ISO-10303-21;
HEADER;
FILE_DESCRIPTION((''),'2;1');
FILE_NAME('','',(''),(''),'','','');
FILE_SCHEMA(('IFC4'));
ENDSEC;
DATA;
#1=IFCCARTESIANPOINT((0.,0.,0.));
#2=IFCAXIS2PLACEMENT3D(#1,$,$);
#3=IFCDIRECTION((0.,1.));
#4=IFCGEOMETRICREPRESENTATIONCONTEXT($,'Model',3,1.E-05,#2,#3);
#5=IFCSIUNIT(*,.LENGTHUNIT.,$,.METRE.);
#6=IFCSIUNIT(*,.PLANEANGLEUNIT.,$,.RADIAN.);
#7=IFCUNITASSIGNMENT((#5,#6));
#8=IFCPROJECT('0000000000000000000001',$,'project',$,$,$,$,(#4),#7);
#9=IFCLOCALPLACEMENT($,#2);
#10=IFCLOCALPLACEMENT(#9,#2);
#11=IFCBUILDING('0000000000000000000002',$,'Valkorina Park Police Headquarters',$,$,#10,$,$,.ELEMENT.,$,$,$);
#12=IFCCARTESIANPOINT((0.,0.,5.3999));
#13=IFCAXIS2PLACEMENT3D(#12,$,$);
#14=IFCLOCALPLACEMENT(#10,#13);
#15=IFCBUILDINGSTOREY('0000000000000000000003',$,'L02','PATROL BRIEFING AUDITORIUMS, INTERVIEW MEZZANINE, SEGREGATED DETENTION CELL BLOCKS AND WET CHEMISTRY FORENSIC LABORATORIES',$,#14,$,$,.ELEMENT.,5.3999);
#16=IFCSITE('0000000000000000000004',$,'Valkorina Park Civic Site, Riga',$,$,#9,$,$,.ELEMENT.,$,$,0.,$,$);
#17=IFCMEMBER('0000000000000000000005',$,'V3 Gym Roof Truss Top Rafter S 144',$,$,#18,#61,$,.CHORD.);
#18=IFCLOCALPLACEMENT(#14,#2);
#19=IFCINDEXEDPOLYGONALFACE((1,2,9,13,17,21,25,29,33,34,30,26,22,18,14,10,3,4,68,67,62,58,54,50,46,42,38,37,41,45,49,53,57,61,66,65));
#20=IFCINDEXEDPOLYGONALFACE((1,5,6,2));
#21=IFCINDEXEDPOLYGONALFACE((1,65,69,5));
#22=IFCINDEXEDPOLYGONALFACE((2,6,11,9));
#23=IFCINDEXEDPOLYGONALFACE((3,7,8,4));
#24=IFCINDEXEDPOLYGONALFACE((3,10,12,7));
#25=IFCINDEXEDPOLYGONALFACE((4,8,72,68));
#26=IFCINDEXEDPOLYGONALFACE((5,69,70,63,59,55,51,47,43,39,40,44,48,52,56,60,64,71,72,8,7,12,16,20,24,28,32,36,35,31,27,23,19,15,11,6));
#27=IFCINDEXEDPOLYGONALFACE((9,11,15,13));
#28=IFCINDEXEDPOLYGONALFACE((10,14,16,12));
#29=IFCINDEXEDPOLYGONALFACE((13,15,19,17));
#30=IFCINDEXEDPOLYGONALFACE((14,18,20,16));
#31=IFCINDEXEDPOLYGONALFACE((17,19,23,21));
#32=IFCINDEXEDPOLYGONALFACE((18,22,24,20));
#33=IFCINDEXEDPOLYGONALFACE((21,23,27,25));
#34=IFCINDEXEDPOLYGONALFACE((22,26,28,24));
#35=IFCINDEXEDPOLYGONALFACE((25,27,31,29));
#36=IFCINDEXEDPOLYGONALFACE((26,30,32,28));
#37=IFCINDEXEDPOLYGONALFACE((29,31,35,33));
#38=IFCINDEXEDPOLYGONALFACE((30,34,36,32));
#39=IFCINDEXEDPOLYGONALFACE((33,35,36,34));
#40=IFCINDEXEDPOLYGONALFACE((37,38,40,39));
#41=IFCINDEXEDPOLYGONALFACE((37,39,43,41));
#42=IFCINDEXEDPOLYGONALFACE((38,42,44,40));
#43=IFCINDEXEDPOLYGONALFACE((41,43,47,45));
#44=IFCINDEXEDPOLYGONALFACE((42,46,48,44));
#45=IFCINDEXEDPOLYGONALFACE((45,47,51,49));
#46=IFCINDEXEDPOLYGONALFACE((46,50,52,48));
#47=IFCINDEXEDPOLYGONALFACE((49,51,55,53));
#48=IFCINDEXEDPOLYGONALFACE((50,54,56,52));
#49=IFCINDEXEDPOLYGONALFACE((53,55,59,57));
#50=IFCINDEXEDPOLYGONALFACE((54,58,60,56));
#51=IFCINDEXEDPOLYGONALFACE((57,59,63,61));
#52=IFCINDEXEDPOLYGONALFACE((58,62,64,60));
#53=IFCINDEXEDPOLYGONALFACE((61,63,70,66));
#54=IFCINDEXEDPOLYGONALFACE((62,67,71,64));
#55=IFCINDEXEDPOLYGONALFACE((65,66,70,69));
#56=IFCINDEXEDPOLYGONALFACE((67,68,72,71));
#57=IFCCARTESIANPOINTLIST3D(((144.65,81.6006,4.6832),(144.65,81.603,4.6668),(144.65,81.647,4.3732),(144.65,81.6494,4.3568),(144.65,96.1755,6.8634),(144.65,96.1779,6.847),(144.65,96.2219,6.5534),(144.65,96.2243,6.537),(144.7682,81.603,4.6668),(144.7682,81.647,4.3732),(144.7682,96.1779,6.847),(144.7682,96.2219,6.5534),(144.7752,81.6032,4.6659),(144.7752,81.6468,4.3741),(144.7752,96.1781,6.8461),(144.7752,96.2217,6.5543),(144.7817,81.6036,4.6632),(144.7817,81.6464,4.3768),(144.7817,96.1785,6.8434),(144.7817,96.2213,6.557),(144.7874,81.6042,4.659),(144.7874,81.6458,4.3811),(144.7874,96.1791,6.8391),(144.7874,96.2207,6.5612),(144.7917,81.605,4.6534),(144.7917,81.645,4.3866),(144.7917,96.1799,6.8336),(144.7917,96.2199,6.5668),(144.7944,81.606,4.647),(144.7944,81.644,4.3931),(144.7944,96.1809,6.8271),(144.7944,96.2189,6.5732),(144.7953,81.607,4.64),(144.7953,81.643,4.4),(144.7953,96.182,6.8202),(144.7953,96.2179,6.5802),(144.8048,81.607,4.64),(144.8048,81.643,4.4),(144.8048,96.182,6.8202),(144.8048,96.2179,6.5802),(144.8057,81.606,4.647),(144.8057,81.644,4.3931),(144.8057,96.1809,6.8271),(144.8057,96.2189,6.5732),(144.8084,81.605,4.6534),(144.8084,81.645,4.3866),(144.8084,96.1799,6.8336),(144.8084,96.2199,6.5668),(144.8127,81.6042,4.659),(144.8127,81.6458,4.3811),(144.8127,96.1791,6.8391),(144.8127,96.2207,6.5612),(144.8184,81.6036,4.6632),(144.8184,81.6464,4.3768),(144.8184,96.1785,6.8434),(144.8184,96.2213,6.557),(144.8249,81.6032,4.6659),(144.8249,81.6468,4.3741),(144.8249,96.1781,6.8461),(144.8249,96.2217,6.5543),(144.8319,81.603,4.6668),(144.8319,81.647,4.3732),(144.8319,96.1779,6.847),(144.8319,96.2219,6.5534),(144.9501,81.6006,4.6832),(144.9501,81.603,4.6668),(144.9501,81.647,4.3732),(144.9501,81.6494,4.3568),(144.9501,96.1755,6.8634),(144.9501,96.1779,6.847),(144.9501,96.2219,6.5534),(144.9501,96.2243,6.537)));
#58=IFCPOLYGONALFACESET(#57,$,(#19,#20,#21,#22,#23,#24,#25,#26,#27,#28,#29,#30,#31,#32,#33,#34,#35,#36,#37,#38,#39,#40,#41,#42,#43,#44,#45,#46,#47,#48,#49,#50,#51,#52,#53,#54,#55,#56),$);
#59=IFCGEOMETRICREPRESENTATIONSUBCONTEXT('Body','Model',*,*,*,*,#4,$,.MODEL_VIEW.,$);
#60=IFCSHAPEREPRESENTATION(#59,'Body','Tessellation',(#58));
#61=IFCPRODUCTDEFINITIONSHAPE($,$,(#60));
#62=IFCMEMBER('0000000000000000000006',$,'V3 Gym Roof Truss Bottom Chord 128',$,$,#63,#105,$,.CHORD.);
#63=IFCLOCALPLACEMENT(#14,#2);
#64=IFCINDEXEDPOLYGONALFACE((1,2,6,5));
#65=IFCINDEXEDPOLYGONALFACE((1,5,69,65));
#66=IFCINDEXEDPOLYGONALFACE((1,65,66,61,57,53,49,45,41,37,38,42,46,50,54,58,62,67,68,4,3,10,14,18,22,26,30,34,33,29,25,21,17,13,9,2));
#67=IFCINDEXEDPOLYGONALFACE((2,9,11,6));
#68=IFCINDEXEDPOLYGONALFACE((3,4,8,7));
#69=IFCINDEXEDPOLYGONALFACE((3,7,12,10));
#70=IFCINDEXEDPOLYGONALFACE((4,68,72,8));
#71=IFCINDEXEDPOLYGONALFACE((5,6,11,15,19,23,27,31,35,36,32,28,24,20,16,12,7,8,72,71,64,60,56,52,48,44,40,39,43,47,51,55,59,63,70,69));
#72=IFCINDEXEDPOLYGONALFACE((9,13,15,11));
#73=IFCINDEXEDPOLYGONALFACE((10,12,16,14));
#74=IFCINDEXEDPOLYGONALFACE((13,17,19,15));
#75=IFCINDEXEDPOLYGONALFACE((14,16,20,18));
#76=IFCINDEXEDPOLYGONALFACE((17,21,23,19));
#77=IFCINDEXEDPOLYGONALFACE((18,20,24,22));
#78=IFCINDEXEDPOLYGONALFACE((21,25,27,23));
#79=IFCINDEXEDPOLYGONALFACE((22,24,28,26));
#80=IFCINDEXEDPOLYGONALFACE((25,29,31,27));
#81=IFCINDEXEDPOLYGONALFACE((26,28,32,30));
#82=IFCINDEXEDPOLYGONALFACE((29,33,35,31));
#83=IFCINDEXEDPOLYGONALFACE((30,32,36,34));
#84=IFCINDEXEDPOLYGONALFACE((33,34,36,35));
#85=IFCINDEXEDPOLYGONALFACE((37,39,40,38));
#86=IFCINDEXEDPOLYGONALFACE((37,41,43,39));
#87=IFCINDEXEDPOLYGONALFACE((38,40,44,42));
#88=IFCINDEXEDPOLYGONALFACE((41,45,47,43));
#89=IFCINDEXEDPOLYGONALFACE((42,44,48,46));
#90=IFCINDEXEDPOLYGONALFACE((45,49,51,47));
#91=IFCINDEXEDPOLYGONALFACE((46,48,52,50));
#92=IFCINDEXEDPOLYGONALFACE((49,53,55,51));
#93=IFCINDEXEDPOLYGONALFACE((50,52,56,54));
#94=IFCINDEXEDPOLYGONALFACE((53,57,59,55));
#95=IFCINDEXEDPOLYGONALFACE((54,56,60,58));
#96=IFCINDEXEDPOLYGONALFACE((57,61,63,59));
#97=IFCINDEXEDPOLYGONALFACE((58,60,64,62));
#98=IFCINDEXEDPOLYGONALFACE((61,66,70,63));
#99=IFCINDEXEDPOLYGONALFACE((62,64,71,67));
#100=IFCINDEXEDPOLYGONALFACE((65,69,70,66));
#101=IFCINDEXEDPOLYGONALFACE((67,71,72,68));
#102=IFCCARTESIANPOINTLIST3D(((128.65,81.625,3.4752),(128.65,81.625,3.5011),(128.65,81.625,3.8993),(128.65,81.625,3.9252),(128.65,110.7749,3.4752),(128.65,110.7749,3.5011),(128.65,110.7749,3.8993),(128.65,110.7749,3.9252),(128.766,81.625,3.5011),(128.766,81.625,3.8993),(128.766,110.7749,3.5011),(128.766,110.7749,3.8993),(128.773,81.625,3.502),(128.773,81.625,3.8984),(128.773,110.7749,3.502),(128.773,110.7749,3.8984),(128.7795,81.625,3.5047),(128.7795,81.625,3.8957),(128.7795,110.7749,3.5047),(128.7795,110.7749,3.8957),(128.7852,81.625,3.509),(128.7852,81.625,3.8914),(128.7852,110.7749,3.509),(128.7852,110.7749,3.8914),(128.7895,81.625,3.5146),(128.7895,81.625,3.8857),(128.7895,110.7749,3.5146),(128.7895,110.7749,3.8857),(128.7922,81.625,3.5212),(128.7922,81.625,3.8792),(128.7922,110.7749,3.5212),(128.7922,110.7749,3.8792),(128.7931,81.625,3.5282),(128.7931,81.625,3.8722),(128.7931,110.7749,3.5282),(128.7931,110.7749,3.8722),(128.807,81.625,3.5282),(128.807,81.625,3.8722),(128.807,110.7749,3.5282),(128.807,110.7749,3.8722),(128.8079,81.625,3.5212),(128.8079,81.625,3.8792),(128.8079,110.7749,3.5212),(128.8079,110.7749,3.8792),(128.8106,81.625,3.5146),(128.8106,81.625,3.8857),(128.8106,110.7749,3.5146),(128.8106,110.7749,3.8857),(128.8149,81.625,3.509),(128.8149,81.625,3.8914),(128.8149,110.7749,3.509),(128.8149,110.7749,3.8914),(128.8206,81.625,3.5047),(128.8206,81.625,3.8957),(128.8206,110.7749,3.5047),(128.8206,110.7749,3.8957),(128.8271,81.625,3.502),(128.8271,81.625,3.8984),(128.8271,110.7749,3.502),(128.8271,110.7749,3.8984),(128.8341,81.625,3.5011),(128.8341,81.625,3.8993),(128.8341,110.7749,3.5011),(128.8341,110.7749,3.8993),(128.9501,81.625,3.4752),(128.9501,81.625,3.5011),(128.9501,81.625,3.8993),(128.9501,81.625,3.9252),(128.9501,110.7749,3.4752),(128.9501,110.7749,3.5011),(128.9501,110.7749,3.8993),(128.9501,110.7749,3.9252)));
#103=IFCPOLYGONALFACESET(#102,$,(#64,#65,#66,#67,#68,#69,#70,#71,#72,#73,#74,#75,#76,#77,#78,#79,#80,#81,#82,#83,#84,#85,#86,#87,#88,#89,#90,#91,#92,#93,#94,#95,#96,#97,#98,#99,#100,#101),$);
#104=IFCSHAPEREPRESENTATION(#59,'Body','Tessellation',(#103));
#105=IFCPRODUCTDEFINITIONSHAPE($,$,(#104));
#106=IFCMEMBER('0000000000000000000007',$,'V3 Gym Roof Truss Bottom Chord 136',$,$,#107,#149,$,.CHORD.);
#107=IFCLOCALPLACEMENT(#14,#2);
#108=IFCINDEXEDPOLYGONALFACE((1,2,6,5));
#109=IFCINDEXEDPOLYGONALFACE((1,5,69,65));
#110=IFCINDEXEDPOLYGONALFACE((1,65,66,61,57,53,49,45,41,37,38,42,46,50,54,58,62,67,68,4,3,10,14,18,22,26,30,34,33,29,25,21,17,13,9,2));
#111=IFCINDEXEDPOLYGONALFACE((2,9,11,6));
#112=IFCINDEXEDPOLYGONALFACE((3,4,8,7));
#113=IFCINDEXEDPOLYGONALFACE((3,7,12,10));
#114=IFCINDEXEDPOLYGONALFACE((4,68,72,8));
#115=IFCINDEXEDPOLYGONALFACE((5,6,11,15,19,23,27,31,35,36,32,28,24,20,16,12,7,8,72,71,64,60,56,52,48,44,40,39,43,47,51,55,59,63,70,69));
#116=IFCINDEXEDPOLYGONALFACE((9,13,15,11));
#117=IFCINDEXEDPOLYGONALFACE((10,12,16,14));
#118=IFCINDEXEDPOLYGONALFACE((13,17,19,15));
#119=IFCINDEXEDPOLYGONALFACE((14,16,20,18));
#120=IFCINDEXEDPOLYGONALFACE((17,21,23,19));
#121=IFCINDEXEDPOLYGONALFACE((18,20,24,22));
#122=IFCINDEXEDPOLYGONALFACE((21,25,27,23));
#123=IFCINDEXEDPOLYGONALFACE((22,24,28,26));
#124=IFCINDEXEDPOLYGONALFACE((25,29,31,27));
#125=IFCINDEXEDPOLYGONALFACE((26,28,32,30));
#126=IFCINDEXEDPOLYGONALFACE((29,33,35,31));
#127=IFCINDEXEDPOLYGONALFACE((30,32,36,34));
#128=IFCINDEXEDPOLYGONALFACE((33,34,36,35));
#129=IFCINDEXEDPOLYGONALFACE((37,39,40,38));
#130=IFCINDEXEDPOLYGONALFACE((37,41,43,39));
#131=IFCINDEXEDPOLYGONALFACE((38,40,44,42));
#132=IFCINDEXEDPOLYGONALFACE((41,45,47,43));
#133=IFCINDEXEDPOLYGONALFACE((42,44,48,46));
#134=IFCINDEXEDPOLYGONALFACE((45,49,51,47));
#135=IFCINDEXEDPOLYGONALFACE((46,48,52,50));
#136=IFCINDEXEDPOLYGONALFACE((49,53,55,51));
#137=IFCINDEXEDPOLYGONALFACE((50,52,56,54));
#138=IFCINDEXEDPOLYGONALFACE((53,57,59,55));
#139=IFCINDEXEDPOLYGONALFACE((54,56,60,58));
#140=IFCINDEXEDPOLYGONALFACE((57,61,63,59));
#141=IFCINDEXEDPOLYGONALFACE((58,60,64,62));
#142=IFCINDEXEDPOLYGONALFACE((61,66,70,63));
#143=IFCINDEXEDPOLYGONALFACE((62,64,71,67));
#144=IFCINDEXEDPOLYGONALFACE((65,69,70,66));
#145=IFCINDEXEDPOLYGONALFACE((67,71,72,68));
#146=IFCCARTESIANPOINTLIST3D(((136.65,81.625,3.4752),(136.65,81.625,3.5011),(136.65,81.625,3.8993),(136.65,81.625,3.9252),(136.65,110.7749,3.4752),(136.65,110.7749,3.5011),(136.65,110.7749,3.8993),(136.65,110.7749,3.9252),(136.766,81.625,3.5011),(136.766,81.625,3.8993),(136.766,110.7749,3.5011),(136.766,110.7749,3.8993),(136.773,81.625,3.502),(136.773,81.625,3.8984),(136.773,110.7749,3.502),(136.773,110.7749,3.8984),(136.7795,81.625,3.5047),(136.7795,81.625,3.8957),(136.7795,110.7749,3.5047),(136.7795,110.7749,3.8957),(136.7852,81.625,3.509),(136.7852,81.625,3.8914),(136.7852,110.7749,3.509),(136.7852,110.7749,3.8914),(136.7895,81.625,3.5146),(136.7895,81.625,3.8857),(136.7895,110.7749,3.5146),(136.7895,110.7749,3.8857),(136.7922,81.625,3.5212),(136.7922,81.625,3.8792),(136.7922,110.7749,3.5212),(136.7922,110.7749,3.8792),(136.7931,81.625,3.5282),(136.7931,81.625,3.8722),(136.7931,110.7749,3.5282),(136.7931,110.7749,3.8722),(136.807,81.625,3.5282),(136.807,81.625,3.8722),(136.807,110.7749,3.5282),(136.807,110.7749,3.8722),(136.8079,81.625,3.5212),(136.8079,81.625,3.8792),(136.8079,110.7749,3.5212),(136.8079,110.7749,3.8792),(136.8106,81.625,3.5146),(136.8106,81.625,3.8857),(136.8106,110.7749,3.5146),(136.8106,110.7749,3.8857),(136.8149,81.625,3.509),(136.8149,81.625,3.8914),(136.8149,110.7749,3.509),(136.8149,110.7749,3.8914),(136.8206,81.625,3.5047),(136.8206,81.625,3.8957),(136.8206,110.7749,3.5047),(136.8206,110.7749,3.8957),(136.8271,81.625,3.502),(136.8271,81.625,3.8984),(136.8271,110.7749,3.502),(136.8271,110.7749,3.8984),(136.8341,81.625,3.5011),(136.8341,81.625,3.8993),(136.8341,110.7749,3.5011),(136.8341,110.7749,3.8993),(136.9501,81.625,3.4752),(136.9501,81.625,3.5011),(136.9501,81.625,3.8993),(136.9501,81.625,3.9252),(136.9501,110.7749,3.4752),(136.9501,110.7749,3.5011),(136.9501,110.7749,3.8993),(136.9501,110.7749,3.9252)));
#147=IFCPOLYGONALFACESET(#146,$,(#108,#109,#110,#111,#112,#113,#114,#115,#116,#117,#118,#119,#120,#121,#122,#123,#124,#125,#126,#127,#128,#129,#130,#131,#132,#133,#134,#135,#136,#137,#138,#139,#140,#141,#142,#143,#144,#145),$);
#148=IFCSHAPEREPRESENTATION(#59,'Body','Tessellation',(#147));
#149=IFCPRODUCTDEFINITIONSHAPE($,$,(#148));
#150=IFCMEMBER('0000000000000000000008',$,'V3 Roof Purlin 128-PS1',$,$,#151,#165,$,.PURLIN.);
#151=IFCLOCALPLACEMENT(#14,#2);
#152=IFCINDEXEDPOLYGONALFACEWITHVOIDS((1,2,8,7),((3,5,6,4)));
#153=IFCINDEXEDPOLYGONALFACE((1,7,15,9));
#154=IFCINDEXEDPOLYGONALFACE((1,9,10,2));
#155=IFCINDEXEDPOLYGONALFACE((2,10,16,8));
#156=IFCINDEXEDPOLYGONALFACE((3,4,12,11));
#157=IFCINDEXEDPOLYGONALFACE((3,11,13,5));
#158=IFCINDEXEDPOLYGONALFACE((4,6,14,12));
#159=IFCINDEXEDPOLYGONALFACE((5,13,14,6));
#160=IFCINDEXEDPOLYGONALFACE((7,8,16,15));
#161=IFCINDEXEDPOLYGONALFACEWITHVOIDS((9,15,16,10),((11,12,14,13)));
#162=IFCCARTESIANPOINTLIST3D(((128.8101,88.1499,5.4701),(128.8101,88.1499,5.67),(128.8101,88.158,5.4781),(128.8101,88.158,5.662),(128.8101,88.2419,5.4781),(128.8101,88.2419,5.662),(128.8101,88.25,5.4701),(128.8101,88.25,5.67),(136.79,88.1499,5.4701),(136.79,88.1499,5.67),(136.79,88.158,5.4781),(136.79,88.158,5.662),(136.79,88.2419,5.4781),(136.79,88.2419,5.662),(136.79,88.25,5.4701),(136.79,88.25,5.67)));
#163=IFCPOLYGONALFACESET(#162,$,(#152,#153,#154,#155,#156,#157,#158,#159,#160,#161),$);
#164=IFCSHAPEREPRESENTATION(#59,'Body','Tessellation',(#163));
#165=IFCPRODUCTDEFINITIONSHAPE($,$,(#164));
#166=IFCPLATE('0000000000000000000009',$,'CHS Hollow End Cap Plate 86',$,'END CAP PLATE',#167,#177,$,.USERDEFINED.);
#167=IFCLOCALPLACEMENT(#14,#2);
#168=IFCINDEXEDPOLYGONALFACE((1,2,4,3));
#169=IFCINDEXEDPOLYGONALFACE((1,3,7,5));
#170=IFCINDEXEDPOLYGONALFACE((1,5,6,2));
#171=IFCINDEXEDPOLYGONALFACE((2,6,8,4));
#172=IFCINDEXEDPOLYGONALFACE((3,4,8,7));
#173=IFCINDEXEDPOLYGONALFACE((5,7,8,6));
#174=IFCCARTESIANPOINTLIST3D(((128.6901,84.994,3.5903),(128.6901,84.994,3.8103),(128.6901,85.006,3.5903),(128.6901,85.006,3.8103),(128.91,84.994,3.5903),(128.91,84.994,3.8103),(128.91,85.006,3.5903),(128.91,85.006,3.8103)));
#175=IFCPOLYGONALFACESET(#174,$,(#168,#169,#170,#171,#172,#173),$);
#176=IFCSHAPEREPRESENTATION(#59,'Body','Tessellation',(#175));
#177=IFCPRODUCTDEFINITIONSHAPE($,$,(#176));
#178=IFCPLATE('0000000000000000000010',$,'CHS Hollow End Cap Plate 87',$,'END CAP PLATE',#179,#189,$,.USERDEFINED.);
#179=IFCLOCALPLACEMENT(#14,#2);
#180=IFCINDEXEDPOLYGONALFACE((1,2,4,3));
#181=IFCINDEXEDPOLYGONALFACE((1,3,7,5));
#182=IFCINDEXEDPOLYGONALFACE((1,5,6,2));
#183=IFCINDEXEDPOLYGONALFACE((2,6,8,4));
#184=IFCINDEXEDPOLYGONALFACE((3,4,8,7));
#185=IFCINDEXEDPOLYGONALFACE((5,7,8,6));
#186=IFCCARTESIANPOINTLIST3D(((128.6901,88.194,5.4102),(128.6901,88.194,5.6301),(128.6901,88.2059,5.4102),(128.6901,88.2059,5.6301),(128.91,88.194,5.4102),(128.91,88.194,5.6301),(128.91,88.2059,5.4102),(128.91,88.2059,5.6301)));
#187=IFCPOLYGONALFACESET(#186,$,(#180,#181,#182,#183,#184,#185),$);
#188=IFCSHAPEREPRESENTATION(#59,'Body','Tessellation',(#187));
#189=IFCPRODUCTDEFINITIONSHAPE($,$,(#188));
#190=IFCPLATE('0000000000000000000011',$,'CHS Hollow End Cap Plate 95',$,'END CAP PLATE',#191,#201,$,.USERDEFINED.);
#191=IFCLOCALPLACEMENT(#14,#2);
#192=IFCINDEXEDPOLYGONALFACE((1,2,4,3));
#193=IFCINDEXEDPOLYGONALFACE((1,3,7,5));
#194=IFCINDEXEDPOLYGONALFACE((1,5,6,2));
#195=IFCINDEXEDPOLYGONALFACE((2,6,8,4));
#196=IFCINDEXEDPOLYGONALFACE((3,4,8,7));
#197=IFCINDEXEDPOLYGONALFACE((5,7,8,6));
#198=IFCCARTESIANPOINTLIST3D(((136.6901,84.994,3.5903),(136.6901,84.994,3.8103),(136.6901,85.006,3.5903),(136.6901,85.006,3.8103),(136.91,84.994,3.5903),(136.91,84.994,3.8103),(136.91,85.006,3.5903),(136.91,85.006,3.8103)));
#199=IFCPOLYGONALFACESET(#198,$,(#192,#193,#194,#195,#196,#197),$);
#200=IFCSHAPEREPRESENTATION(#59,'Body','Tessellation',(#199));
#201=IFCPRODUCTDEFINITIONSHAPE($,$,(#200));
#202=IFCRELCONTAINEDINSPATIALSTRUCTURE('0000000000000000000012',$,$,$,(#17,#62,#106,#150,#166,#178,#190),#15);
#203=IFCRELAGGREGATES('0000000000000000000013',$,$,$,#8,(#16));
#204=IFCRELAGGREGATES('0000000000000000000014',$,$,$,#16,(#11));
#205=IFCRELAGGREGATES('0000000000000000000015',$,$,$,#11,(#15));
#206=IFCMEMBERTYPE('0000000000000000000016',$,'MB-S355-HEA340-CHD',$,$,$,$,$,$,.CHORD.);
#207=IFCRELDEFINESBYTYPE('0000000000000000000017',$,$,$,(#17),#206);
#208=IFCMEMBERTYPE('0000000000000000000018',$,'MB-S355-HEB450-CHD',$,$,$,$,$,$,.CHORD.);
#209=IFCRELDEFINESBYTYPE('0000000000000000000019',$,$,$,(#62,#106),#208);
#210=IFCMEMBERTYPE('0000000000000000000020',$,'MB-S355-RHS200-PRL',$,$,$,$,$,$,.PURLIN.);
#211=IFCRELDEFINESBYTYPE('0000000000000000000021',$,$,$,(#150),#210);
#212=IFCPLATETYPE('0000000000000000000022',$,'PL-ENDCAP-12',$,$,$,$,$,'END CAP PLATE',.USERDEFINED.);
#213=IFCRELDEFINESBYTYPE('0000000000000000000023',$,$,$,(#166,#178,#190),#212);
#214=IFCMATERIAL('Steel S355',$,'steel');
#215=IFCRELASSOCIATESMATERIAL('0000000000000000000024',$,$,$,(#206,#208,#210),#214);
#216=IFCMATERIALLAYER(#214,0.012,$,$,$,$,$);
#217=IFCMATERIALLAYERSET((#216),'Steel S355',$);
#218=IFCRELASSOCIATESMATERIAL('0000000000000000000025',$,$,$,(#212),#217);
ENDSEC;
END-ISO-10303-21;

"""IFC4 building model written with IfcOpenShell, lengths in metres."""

from ifc_helpers import new_model, si_unit, direction, frame, origin, origin_2d, place, context, subcontext, project, spatial, rectangle, hollow_rectangle, i_section, extrude, material, layer, layer_set, material_profile, profile_set, type_object, element, save


model = new_model("IFC4")

# Units and contexts
model_context = context("Model", 3, precision=1e-05, world=origin(), true_north=direction((0.0, 1.0)))
body_context = subcontext(model_context, "Body", "Model", "MODEL_VIEW")
ifc_project = project(units=[si_unit("LENGTHUNIT", "METRE"), si_unit("PLANEANGLEUNIT", "RADIAN")], contexts=[model_context])

# Site, building, storey
site_placement = place(None, origin())
site = spatial("IfcSite", under=ifc_project, at=site_placement, Name="Valkorina Park Civic Site, Riga", CompositionType="ELEMENT", RefElevation=0.0)
building_placement = place(site_placement, origin())
building = spatial("IfcBuilding", under=site, at=building_placement, Name="Valkorina Park Police Headquarters", CompositionType="ELEMENT")
storey_placement = place(building_placement, frame((0.0, 0.0, 5.3999)))
storey = spatial("IfcBuildingStorey", under=building, at=storey_placement, Name="L02", Description="PATROL BRIEFING AUDITORIUMS, INTERVIEW MEZZANINE, SEGREGATED DETENTION CELL BLOCKS AND WET CHEMISTRY FORENSIC LABORATORIES", CompositionType="ELEMENT", Elevation=5.3999)

# Shared definitions
ifc_material = material(Name="Steel S355", Category="steel")

# Members
ifc_material_profile_1 = material_profile(ifc_material, i_section(OverallWidth=0.3, OverallDepth=0.3301, WebThickness=0.0095, FlangeThickness=0.0166, FilletRadius=0.0271, at=origin_2d()), Name="HEA 340")
ifc_profile_set_1 = profile_set([ifc_material_profile_1], Name="Steel S355")
member_type_1 = type_object("IfcMemberType", Name="MB-S355-HEA340-CHD", PredefinedType="CHORD", material=ifc_profile_set_1)
member_1_placement = place(storey_placement, frame((144.8, 81.625, 4.52), z_axis=(0.0, 0.988997, 0.147938), x_axis=(-1.0, 0.0, 0.0)))
element("IfcMember", 1, at=member_1_placement, inside=storey, type_object=member_type_1, Name="V3 Gym Roof Truss Top Rafter S 144", PredefinedType="CHORD", context=body_context, shape_type="SweptSolid", body=[
    extrude(i_section(OverallWidth=0.3, OverallDepth=0.3301, WebThickness=0.0095, FlangeThickness=0.0166, FilletRadius=0.0271, at=origin_2d()), origin(), (0.0, 0.0, 1.0), 14.7371),
])
ifc_material_profile_2 = material_profile(ifc_material, i_section(OverallWidth=0.3, OverallDepth=0.45, WebThickness=0.0139, FlangeThickness=0.0259, FilletRadius=0.0271, at=origin_2d()), Name="HEB 450")
ifc_profile_set_2 = profile_set([ifc_material_profile_2], Name="Steel S355")
member_type_2 = type_object("IfcMemberType", Name="MB-S355-HEB450-CHD", PredefinedType="CHORD", material=ifc_profile_set_2)
for number, where, z_axis, x_axis, name in (
    (2, (128.8, 81.625, 3.7002), (0.0, 1.0, 0.0), (-1.0, 0.0, 0.0), "V3 Gym Roof Truss Bottom Chord 128"),
    (3, (136.8, 81.625, 3.7002), (0.0, 1.0, 0.0), (-1.0, 0.0, 0.0), "V3 Gym Roof Truss Bottom Chord 136"),
):
    element("IfcMember", number, at=place(storey_placement, frame(where, z_axis=z_axis, x_axis=x_axis)), inside=storey, type_object=member_type_2, Name=name, PredefinedType="CHORD", context=body_context, shape_type="SweptSolid", body=[
        extrude(i_section(OverallWidth=0.3, OverallDepth=0.45, WebThickness=0.0139, FlangeThickness=0.0259, FilletRadius=0.0271, at=origin_2d()), origin(), (0.0, 0.0, 1.0), 29.1499),
    ])
ifc_material_profile_3 = material_profile(ifc_material, hollow_rectangle(XDim=0.1001, YDim=0.2, WallThickness=0.0081, at=origin_2d()), Name="RHS 200x100x8")
ifc_profile_set_3 = profile_set([ifc_material_profile_3], Name="Steel S355")
member_type_3 = type_object("IfcMemberType", Name="MB-S355-RHS200-PRL", PredefinedType="PURLIN", material=ifc_profile_set_3)
member_2_placement = place(storey_placement, frame((128.8101, 88.2, 5.5701), z_axis=(1.0, 0.0, 0.0), x_axis=(0.0, 1.0, 0.0)))
element("IfcMember", 4, at=member_2_placement, inside=storey, type_object=member_type_3, Name="V3 Roof Purlin 128-PS1", PredefinedType="PURLIN", context=body_context, shape_type="SweptSolid", body=[
    extrude(hollow_rectangle(XDim=0.1001, YDim=0.2, WallThickness=0.0081, at=origin_2d()), origin(), (0.0, 0.0, 1.0), 7.98),
])

# Plates
ifc_layer_1 = layer(ifc_material, 0.012)
ifc_layer_set_1 = layer_set([ifc_layer_1], Name="Steel S355")
plate_type_1 = type_object("IfcPlateType", Name="PL-ENDCAP-12", ElementType="END CAP PLATE", PredefinedType="USERDEFINED", material=ifc_layer_set_1)
for number, where, z_axis, x_axis, name in (
    (5, (128.8, 85.0, 3.5903), (0.0, 0.0, 1.0), (1.0, 0.0, 0.0), "CHS Hollow End Cap Plate 86"),
    (6, (128.8, 88.2, 5.4102), (0.0, 0.0, 1.0), (1.0, 0.0, 0.0), "CHS Hollow End Cap Plate 87"),
    (7, (136.8, 85.0, 3.5903), (0.0, 0.0, 1.0), (1.0, 0.0, 0.0), "CHS Hollow End Cap Plate 95"),
):
    element("IfcPlate", number, at=place(storey_placement, frame(where, z_axis=z_axis, x_axis=x_axis)), inside=storey, type_object=plate_type_1, Name=name, ObjectType="END CAP PLATE", PredefinedType="USERDEFINED", context=body_context, shape_type="SweptSolid", body=[
        extrude(rectangle(XDim=0.22, YDim=0.012, at=origin_2d()), origin(), (0.0, 0.0, 1.0), 0.22),
    ])

save(model, "model.ifc")
